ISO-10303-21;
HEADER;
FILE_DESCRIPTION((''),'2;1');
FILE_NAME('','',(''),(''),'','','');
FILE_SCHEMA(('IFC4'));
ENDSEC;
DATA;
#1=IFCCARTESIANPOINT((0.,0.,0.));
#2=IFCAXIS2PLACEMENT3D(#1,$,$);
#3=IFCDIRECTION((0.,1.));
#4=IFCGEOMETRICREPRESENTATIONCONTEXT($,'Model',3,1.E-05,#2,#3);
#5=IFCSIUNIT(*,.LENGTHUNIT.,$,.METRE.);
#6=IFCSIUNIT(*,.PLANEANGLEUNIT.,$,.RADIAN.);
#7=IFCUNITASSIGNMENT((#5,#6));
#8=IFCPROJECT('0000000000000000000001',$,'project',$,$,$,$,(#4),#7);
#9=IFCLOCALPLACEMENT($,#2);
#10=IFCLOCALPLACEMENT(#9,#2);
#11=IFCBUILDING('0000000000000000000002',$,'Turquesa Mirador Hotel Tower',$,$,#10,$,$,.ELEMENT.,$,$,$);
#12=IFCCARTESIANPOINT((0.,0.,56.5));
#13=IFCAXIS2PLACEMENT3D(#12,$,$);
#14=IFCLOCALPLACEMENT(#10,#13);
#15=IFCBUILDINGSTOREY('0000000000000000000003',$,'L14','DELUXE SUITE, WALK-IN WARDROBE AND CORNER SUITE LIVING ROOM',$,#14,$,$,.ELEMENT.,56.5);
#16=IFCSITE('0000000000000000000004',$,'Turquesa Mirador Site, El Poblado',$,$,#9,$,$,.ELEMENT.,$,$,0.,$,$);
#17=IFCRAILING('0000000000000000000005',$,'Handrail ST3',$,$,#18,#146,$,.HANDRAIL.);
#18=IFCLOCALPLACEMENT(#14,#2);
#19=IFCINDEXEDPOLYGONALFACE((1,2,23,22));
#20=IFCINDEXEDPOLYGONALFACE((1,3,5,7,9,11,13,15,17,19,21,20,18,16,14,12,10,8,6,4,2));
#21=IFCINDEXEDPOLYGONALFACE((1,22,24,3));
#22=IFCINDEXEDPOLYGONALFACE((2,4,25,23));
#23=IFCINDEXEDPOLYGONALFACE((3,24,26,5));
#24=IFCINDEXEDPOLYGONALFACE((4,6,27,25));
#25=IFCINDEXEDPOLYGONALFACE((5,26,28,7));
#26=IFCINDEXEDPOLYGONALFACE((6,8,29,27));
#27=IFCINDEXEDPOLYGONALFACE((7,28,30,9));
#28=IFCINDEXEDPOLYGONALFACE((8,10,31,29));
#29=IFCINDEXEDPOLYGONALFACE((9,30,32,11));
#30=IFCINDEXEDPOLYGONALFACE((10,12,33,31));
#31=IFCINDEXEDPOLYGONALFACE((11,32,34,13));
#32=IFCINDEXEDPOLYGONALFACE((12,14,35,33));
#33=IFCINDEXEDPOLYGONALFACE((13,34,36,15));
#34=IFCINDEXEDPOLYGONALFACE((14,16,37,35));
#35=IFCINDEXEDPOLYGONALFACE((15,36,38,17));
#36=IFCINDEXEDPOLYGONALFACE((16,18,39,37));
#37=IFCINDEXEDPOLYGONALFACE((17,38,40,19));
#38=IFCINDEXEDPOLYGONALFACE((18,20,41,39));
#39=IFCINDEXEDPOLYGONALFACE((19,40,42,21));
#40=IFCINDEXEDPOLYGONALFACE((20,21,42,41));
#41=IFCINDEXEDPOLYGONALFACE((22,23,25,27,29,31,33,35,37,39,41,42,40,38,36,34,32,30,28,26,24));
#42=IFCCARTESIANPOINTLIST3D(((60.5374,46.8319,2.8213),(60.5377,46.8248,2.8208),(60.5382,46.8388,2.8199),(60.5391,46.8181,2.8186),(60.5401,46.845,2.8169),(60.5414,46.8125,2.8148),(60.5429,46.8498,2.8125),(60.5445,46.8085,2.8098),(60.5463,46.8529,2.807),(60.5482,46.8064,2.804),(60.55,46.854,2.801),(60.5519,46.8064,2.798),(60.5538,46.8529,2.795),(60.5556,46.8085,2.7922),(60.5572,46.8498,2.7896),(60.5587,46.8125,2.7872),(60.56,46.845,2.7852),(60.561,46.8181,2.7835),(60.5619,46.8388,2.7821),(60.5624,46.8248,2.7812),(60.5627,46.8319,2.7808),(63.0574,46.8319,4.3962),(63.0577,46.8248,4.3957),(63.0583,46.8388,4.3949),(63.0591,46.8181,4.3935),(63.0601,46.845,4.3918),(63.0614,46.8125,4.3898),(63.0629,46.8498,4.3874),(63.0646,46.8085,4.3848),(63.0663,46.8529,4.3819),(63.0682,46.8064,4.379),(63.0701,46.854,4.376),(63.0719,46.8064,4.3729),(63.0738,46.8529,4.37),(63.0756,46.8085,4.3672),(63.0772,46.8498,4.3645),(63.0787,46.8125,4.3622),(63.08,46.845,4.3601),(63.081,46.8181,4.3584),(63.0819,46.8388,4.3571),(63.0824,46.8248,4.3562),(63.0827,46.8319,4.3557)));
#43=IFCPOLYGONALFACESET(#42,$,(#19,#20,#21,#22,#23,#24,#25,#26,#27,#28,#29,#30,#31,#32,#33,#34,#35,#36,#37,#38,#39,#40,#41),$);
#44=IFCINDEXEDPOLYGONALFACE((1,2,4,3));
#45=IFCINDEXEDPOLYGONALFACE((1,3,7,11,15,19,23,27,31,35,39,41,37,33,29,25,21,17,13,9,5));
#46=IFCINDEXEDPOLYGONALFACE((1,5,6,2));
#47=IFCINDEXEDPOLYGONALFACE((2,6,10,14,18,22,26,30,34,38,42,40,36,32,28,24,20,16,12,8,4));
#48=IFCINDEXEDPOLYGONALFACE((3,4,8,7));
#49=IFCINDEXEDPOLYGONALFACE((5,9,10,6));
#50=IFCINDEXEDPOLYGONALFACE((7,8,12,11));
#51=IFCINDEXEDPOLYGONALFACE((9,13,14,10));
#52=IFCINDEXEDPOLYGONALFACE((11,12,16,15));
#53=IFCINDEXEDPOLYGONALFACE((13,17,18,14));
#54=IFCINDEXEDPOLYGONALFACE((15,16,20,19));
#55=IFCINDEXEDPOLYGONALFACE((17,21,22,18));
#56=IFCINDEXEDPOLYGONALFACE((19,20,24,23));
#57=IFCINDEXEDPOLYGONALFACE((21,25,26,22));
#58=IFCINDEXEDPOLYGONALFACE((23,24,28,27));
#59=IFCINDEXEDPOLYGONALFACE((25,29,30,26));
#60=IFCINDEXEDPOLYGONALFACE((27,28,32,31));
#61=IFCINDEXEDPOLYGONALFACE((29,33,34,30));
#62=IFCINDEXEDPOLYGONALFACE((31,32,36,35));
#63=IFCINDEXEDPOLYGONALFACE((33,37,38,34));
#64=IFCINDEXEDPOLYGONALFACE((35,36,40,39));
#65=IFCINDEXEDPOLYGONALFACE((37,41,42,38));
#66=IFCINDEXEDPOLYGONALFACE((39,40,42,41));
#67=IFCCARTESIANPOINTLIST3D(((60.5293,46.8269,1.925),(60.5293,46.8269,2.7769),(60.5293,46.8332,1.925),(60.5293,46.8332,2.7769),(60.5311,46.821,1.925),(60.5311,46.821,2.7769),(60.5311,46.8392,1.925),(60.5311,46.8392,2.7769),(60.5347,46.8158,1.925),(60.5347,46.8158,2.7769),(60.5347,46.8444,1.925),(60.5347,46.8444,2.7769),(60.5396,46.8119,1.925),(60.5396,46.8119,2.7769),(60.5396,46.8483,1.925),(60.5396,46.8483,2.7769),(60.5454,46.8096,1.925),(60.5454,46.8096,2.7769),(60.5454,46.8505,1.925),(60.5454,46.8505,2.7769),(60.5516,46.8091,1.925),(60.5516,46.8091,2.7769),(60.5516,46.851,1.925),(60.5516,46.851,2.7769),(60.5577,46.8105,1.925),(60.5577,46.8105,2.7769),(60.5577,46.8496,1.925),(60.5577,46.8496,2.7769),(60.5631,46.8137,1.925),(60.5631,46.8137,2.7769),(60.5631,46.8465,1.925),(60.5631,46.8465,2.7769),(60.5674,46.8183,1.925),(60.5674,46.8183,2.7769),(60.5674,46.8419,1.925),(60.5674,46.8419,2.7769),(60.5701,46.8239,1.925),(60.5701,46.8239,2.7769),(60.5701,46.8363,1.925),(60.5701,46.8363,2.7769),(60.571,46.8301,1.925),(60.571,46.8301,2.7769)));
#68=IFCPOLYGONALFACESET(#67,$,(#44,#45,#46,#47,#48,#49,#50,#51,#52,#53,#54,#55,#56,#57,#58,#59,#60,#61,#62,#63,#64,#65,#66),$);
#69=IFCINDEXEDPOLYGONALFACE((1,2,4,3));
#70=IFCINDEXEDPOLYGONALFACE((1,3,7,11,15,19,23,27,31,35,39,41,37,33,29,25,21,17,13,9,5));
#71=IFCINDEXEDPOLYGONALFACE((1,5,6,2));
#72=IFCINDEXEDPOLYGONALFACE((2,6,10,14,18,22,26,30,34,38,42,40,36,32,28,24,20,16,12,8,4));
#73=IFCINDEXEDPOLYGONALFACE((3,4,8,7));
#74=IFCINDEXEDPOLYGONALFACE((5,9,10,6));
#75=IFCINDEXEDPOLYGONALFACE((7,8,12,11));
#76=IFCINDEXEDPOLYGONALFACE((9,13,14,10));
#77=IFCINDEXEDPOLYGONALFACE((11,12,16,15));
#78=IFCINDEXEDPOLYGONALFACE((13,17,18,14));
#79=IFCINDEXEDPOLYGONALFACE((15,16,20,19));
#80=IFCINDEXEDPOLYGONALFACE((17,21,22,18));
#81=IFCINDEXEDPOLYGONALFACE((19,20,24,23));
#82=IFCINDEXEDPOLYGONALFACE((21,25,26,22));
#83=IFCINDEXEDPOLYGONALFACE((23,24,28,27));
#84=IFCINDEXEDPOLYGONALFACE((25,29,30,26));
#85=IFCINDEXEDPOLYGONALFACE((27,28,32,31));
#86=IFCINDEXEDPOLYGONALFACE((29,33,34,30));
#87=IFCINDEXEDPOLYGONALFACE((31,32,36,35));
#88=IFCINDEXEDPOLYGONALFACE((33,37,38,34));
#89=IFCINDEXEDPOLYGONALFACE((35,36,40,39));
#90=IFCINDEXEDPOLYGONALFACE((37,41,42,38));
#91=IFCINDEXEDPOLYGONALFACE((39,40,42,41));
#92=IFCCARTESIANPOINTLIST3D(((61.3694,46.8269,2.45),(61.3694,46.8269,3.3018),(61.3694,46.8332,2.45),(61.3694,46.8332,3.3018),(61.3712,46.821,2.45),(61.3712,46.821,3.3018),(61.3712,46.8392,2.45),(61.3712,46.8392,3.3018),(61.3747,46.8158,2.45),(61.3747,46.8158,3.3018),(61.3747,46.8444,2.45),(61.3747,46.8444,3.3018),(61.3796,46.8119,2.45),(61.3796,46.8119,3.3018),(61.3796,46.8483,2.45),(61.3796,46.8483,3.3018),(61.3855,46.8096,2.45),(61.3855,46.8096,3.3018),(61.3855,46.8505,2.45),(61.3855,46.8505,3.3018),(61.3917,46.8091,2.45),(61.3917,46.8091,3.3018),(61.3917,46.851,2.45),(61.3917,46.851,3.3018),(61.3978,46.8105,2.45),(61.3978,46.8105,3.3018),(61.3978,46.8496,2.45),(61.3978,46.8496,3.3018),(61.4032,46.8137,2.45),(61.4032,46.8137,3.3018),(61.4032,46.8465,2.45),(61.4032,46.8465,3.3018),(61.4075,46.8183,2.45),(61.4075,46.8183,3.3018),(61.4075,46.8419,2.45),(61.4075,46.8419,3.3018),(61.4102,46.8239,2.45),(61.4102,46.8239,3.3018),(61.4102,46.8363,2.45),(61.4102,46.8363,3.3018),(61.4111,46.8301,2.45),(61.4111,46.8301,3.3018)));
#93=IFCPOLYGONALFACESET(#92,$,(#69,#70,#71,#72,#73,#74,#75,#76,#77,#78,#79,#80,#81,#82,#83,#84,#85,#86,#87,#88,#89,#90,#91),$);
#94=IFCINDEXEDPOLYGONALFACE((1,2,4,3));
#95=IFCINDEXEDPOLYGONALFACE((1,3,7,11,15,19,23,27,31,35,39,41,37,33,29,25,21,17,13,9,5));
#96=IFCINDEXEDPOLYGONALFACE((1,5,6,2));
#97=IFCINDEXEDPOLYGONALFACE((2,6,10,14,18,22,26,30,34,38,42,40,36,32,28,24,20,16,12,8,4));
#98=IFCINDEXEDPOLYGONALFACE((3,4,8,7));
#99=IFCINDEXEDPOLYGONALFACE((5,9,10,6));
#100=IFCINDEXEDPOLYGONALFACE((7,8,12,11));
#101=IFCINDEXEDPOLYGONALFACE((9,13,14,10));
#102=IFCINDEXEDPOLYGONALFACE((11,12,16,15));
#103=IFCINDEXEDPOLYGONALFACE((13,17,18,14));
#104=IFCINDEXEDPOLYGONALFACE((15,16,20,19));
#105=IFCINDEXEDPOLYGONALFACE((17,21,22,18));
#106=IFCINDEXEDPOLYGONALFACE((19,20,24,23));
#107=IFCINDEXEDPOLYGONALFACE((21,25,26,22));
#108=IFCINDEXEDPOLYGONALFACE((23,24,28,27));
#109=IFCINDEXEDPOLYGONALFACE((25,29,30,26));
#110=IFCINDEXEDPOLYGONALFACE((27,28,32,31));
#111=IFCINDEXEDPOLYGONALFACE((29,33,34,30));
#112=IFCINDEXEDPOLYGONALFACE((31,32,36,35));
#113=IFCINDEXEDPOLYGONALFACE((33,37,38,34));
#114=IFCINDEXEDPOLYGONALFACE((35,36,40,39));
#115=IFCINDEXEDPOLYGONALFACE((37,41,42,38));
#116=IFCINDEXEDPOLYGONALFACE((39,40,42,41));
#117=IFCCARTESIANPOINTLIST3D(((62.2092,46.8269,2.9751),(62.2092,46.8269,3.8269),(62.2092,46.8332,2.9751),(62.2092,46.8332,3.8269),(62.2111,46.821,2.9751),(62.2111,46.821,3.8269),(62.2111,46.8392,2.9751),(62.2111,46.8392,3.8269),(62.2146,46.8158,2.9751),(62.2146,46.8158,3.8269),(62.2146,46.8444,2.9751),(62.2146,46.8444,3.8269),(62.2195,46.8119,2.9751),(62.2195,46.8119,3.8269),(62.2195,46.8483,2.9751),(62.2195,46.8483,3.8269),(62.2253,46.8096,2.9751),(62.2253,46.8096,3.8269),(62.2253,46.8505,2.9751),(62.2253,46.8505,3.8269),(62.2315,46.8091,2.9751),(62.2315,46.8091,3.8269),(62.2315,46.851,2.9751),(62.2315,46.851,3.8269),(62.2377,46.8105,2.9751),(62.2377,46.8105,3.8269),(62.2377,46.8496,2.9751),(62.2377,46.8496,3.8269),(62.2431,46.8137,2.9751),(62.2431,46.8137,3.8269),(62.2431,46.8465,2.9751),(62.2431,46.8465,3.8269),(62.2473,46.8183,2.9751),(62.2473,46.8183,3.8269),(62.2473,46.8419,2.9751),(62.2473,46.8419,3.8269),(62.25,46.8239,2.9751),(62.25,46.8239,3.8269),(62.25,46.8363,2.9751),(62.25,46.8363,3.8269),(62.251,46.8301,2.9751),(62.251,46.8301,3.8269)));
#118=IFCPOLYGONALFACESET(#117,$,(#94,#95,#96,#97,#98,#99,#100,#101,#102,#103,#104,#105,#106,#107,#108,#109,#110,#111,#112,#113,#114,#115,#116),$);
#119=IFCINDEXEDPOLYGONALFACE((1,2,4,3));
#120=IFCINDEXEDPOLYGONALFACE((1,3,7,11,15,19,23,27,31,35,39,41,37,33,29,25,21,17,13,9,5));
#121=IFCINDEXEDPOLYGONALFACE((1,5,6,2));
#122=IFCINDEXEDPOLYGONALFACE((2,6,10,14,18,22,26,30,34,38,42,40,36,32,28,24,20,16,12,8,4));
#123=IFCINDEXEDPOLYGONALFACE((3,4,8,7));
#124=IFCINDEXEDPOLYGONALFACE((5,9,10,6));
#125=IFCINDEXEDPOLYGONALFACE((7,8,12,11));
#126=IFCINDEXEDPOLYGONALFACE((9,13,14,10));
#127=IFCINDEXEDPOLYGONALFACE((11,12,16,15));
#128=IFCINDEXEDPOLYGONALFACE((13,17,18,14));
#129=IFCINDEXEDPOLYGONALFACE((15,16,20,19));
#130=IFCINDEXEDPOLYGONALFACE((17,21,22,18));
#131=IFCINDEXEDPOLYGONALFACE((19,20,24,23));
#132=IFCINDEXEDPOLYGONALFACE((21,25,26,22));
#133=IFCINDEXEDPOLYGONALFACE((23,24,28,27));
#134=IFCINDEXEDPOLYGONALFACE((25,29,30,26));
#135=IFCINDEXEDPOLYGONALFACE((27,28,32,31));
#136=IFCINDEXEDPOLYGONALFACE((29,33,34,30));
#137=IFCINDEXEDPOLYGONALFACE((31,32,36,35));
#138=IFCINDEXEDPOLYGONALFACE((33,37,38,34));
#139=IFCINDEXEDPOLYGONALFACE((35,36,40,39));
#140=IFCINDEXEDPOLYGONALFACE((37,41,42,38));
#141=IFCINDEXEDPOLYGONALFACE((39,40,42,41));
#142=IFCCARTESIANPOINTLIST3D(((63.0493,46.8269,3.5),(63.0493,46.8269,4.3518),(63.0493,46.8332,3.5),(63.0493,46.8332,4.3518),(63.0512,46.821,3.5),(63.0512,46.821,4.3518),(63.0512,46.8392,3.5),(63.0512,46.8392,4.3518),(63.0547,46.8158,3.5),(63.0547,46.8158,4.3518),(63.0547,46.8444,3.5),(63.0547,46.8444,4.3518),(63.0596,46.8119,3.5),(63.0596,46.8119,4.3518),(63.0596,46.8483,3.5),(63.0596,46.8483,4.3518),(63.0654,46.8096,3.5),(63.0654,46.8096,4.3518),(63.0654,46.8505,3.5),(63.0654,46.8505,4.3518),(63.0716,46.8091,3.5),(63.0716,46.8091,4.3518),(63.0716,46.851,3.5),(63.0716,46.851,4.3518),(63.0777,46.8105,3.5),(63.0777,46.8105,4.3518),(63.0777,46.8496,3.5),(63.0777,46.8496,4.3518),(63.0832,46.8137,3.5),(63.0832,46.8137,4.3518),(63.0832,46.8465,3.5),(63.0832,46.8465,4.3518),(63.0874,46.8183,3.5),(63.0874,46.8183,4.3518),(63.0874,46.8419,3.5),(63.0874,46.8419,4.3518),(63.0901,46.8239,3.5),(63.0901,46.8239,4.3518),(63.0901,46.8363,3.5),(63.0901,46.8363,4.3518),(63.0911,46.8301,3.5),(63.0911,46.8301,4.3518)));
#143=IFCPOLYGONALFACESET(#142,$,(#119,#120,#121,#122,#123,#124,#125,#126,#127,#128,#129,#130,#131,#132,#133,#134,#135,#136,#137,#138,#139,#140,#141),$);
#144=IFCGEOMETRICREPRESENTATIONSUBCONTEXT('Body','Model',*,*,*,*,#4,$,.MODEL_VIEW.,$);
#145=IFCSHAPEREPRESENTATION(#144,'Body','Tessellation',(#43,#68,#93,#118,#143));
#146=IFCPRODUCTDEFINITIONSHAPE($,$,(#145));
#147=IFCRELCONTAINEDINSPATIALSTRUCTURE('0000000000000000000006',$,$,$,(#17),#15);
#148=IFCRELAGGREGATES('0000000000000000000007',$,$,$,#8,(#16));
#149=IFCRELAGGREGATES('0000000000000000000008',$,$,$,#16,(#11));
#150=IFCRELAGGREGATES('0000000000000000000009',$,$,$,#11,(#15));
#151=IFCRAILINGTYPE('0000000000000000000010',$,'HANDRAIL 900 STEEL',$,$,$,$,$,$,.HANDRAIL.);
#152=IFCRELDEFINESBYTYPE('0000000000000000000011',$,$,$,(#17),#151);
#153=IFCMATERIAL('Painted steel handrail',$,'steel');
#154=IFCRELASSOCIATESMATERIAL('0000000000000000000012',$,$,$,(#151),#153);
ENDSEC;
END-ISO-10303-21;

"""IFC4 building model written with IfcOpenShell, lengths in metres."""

from ifc_helpers import new_model, si_unit, direction, frame, origin, origin_2d, place, context, subcontext, project, spatial, circle, extrude, material, type_object, element, save


model = new_model("IFC4")

# Units and contexts
model_context = context("Model", 3, precision=1e-05, world=origin(), true_north=direction((0.0, 1.0)))
body_context = subcontext(model_context, "Body", "Model", "MODEL_VIEW")
ifc_project = project(units=[si_unit("LENGTHUNIT", "METRE"), si_unit("PLANEANGLEUNIT", "RADIAN")], contexts=[model_context])

# Site, building, storey
site_placement = place(None, origin())
site = spatial("IfcSite", under=ifc_project, at=site_placement, Name="Turquesa Mirador Site, El Poblado", CompositionType="ELEMENT", RefElevation=0.0)
building_placement = place(site_placement, origin())
building = spatial("IfcBuilding", under=site, at=building_placement, Name="Turquesa Mirador Hotel Tower", CompositionType="ELEMENT")
storey_placement = place(building_placement, frame((0.0, 0.0, 56.5)))
storey = spatial("IfcBuildingStorey", under=building, at=storey_placement, Name="L14", Description="DELUXE SUITE, WALK-IN WARDROBE AND CORNER SUITE LIVING ROOM", CompositionType="ELEMENT", Elevation=56.5)

# Railing
ifc_material_1 = material(Name="Painted steel handrail", Category="steel")
railing_type = type_object("IfcRailingType", Name="HANDRAIL 900 STEEL", PredefinedType="HANDRAIL", material=ifc_material_1)
railing_1_placement = place(storey_placement, frame((60.55, 46.8301, 1.925)))
element("IfcRailing", 1, at=railing_1_placement, inside=storey, type_object=railing_type, Name="Handrail ST3", PredefinedType="HANDRAIL", context=body_context, shape_type="SweptSolid", body=[
    extrude(circle(Radius=0.0239, at=origin_2d()), frame((0.0, 0.0, 0.876), z_axis=(0.848008, 0.0, 0.529984), x_axis=(0.0, 1.0, 0.0)), (0.0, 0.0, 1.0), 2.9717),
    extrude(circle(Radius=0.021, at=origin_2d()), origin(), (0.0, 0.0, 1.0), 0.8518),
    extrude(circle(Radius=0.021, at=origin_2d()), frame((0.8401, 0.0, 0.5249)), (0.0, 0.0, 1.0), 0.8518),
    extrude(circle(Radius=0.021, at=origin_2d()), frame((1.6799, 0.0, 1.05)), (0.0, 0.0, 1.0), 0.8518),
    extrude(circle(Radius=0.021, at=origin_2d()), frame((2.52, 0.0, 1.575)), (0.0, 0.0, 1.0), 0.8518),
])

save(model, "model.ifc")
